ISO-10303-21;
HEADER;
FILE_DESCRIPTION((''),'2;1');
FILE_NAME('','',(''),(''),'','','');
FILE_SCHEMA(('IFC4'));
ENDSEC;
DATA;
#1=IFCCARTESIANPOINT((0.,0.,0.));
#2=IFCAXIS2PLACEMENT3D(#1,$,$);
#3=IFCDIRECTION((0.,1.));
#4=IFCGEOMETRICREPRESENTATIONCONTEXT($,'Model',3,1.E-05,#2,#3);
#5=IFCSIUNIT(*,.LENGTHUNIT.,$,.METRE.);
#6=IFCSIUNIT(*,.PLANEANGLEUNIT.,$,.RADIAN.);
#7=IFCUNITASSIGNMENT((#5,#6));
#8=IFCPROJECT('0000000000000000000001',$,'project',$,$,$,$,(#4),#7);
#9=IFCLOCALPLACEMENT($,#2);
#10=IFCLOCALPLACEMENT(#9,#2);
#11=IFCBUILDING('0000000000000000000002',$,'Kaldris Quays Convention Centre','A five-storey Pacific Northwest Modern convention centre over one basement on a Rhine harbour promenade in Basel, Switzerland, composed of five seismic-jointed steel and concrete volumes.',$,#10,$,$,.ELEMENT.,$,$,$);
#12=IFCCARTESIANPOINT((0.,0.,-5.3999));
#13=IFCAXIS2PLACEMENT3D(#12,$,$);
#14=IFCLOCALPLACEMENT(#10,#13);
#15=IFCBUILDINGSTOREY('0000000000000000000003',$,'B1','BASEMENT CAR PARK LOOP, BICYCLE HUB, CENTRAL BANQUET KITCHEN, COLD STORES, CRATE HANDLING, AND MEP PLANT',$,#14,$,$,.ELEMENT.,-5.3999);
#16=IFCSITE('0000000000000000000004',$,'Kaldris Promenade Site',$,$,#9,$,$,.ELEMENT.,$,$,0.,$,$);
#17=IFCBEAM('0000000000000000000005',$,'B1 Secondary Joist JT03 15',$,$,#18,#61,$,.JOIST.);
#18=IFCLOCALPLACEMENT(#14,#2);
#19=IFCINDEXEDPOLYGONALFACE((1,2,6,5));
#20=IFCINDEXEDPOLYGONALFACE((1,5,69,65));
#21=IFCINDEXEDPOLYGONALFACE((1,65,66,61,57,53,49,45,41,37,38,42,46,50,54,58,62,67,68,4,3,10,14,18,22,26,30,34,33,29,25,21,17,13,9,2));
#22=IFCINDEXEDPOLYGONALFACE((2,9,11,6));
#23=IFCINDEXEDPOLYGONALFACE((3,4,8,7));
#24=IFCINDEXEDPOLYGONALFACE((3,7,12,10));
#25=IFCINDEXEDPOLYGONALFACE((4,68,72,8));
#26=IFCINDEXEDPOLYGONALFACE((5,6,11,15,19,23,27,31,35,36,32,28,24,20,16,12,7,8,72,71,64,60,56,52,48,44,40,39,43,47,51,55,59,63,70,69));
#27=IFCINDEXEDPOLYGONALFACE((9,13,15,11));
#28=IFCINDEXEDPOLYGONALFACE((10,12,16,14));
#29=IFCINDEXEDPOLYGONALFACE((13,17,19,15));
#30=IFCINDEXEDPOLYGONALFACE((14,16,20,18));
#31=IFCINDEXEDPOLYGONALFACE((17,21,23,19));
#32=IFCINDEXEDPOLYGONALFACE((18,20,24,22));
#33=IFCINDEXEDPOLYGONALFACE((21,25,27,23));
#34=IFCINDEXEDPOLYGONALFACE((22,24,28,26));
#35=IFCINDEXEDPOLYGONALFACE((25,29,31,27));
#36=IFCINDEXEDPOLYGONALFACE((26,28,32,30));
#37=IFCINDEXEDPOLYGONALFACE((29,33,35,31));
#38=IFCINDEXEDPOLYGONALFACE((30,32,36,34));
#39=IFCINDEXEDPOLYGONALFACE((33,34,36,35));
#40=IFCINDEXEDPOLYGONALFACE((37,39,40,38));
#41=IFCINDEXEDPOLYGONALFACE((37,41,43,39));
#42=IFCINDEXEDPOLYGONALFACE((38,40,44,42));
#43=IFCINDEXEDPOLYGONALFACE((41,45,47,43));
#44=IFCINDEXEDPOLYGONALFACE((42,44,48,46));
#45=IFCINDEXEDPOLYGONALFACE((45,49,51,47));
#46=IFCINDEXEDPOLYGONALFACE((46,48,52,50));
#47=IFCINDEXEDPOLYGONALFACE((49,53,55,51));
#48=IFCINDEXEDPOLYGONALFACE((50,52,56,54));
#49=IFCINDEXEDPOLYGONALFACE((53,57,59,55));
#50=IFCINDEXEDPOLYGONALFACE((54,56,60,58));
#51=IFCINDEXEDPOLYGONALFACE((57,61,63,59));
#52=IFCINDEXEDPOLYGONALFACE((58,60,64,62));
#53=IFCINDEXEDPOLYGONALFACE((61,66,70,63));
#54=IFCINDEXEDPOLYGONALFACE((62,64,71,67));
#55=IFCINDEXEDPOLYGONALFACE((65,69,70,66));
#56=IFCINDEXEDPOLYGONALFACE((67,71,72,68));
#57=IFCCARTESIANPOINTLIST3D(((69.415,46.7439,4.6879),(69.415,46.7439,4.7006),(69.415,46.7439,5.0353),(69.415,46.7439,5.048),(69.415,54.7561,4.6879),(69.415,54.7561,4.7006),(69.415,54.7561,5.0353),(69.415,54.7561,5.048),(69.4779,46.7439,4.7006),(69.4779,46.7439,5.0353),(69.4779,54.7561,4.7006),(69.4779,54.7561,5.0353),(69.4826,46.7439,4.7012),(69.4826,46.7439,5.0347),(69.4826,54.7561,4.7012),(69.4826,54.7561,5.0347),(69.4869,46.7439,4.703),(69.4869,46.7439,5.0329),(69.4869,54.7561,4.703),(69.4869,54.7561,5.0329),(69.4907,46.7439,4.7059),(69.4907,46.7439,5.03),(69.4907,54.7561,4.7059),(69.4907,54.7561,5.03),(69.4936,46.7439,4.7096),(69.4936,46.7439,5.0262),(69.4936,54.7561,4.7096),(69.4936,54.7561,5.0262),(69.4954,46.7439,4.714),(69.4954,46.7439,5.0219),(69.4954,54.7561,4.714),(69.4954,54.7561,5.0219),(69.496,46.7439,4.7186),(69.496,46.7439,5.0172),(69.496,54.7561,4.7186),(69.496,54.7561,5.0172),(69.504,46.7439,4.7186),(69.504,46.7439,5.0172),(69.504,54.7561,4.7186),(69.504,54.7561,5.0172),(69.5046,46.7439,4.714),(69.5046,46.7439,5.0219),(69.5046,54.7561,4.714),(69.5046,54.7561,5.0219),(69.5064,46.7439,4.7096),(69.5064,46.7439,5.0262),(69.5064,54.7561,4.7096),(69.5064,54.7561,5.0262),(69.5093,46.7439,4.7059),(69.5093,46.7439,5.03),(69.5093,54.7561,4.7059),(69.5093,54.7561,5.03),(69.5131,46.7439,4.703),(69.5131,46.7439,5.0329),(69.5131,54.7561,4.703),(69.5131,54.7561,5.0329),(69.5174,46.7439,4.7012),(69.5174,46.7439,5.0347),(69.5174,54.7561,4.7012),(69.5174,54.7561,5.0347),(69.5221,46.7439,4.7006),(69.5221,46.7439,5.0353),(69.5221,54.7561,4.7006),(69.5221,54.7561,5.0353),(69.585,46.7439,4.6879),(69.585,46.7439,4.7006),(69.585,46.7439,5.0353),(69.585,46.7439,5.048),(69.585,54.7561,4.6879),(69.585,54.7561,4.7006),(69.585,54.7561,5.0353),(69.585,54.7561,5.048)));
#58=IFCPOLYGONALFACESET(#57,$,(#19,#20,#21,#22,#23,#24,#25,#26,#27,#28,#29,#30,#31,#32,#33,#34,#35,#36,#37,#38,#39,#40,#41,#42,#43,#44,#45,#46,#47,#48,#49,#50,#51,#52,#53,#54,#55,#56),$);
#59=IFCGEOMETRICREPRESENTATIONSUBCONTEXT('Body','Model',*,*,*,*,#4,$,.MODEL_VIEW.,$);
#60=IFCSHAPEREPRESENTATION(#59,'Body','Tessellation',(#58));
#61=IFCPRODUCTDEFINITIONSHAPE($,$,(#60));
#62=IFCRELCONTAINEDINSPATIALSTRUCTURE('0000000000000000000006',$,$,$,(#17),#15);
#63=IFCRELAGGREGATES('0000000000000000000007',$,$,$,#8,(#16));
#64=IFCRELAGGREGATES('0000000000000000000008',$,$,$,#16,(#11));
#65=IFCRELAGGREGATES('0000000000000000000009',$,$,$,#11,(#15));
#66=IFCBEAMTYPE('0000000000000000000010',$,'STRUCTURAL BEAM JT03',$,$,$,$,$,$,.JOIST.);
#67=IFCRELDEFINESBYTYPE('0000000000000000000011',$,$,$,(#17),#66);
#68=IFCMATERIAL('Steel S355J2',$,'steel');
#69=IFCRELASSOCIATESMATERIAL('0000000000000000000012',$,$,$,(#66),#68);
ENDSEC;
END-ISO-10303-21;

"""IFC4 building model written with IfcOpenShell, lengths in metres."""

from ifc_helpers import new_model, si_unit, direction, frame, origin, origin_2d, place, context, subcontext, project, spatial, i_section, extrude, material, material_profile, profile_set, type_object, element, save


model = new_model("IFC4")

# Units and contexts
model_context = context("Model", 3, precision=1e-05, world=origin(), true_north=direction((0.0, 1.0)))
body_context = subcontext(model_context, "Body", "Model", "MODEL_VIEW")
ifc_project = project(units=[si_unit("LENGTHUNIT", "METRE"), si_unit("PLANEANGLEUNIT", "RADIAN")], contexts=[model_context])

# Site, building, storey
site_placement = place(None, origin())
site = spatial("IfcSite", under=ifc_project, at=site_placement, Name="Kaldris Promenade Site", CompositionType="ELEMENT", RefElevation=0.0)
building_placement = place(site_placement, origin())
building = spatial("IfcBuilding", under=site, at=building_placement, Name="Kaldris Quays Convention Centre", Description="A five-storey Pacific Northwest Modern convention centre over one basement on a Rhine harbour promenade in Basel, Switzerland, composed of five seismic-jointed steel and concrete volumes.", CompositionType="ELEMENT")
storey_placement = place(building_placement, frame((0.0, 0.0, -5.3999)))
storey = spatial("IfcBuildingStorey", under=building, at=storey_placement, Name="B1", Description="BASEMENT CAR PARK LOOP, BICYCLE HUB, CENTRAL BANQUET KITCHEN, COLD STORES, CRATE HANDLING, AND MEP PLANT", CompositionType="ELEMENT", Elevation=-5.3999)

# Shared definitions
ifc_material_1 = material(Name="Steel S355J2", Category="steel")

# Beam
ifc_material_profile_1 = material_profile(ifc_material_1, i_section(OverallWidth=0.1699, OverallDepth=0.3601, WebThickness=0.0081, FlangeThickness=0.0127, FilletRadius=0.0181, at=origin_2d()), Name="IPE 360")
ifc_profile_set_1 = profile_set([ifc_material_profile_1], Name="Steel S355J2")
beam_type_1 = type_object("IfcBeamType", Name="STRUCTURAL BEAM JT03", PredefinedType="JOIST", material=ifc_profile_set_1)
beam_1_placement = place(storey_placement, frame((69.5, 46.7439, 4.8679), z_axis=(0.0, 1.0, 0.0), x_axis=(-1.0, 0.0, 0.0)))
element("IfcBeam", 1, at=beam_1_placement, inside=storey, type_object=beam_type_1, Name="B1 Secondary Joist JT03 15", PredefinedType="JOIST", context=body_context, shape_type="SweptSolid", body=[
    extrude(i_section(OverallWidth=0.1699, OverallDepth=0.3601, WebThickness=0.0081, FlangeThickness=0.0127, FilletRadius=0.0181, at=origin_2d()), origin(), (0.0, 0.0, 1.0), 8.0122),
])

save(model, "model.ifc")
